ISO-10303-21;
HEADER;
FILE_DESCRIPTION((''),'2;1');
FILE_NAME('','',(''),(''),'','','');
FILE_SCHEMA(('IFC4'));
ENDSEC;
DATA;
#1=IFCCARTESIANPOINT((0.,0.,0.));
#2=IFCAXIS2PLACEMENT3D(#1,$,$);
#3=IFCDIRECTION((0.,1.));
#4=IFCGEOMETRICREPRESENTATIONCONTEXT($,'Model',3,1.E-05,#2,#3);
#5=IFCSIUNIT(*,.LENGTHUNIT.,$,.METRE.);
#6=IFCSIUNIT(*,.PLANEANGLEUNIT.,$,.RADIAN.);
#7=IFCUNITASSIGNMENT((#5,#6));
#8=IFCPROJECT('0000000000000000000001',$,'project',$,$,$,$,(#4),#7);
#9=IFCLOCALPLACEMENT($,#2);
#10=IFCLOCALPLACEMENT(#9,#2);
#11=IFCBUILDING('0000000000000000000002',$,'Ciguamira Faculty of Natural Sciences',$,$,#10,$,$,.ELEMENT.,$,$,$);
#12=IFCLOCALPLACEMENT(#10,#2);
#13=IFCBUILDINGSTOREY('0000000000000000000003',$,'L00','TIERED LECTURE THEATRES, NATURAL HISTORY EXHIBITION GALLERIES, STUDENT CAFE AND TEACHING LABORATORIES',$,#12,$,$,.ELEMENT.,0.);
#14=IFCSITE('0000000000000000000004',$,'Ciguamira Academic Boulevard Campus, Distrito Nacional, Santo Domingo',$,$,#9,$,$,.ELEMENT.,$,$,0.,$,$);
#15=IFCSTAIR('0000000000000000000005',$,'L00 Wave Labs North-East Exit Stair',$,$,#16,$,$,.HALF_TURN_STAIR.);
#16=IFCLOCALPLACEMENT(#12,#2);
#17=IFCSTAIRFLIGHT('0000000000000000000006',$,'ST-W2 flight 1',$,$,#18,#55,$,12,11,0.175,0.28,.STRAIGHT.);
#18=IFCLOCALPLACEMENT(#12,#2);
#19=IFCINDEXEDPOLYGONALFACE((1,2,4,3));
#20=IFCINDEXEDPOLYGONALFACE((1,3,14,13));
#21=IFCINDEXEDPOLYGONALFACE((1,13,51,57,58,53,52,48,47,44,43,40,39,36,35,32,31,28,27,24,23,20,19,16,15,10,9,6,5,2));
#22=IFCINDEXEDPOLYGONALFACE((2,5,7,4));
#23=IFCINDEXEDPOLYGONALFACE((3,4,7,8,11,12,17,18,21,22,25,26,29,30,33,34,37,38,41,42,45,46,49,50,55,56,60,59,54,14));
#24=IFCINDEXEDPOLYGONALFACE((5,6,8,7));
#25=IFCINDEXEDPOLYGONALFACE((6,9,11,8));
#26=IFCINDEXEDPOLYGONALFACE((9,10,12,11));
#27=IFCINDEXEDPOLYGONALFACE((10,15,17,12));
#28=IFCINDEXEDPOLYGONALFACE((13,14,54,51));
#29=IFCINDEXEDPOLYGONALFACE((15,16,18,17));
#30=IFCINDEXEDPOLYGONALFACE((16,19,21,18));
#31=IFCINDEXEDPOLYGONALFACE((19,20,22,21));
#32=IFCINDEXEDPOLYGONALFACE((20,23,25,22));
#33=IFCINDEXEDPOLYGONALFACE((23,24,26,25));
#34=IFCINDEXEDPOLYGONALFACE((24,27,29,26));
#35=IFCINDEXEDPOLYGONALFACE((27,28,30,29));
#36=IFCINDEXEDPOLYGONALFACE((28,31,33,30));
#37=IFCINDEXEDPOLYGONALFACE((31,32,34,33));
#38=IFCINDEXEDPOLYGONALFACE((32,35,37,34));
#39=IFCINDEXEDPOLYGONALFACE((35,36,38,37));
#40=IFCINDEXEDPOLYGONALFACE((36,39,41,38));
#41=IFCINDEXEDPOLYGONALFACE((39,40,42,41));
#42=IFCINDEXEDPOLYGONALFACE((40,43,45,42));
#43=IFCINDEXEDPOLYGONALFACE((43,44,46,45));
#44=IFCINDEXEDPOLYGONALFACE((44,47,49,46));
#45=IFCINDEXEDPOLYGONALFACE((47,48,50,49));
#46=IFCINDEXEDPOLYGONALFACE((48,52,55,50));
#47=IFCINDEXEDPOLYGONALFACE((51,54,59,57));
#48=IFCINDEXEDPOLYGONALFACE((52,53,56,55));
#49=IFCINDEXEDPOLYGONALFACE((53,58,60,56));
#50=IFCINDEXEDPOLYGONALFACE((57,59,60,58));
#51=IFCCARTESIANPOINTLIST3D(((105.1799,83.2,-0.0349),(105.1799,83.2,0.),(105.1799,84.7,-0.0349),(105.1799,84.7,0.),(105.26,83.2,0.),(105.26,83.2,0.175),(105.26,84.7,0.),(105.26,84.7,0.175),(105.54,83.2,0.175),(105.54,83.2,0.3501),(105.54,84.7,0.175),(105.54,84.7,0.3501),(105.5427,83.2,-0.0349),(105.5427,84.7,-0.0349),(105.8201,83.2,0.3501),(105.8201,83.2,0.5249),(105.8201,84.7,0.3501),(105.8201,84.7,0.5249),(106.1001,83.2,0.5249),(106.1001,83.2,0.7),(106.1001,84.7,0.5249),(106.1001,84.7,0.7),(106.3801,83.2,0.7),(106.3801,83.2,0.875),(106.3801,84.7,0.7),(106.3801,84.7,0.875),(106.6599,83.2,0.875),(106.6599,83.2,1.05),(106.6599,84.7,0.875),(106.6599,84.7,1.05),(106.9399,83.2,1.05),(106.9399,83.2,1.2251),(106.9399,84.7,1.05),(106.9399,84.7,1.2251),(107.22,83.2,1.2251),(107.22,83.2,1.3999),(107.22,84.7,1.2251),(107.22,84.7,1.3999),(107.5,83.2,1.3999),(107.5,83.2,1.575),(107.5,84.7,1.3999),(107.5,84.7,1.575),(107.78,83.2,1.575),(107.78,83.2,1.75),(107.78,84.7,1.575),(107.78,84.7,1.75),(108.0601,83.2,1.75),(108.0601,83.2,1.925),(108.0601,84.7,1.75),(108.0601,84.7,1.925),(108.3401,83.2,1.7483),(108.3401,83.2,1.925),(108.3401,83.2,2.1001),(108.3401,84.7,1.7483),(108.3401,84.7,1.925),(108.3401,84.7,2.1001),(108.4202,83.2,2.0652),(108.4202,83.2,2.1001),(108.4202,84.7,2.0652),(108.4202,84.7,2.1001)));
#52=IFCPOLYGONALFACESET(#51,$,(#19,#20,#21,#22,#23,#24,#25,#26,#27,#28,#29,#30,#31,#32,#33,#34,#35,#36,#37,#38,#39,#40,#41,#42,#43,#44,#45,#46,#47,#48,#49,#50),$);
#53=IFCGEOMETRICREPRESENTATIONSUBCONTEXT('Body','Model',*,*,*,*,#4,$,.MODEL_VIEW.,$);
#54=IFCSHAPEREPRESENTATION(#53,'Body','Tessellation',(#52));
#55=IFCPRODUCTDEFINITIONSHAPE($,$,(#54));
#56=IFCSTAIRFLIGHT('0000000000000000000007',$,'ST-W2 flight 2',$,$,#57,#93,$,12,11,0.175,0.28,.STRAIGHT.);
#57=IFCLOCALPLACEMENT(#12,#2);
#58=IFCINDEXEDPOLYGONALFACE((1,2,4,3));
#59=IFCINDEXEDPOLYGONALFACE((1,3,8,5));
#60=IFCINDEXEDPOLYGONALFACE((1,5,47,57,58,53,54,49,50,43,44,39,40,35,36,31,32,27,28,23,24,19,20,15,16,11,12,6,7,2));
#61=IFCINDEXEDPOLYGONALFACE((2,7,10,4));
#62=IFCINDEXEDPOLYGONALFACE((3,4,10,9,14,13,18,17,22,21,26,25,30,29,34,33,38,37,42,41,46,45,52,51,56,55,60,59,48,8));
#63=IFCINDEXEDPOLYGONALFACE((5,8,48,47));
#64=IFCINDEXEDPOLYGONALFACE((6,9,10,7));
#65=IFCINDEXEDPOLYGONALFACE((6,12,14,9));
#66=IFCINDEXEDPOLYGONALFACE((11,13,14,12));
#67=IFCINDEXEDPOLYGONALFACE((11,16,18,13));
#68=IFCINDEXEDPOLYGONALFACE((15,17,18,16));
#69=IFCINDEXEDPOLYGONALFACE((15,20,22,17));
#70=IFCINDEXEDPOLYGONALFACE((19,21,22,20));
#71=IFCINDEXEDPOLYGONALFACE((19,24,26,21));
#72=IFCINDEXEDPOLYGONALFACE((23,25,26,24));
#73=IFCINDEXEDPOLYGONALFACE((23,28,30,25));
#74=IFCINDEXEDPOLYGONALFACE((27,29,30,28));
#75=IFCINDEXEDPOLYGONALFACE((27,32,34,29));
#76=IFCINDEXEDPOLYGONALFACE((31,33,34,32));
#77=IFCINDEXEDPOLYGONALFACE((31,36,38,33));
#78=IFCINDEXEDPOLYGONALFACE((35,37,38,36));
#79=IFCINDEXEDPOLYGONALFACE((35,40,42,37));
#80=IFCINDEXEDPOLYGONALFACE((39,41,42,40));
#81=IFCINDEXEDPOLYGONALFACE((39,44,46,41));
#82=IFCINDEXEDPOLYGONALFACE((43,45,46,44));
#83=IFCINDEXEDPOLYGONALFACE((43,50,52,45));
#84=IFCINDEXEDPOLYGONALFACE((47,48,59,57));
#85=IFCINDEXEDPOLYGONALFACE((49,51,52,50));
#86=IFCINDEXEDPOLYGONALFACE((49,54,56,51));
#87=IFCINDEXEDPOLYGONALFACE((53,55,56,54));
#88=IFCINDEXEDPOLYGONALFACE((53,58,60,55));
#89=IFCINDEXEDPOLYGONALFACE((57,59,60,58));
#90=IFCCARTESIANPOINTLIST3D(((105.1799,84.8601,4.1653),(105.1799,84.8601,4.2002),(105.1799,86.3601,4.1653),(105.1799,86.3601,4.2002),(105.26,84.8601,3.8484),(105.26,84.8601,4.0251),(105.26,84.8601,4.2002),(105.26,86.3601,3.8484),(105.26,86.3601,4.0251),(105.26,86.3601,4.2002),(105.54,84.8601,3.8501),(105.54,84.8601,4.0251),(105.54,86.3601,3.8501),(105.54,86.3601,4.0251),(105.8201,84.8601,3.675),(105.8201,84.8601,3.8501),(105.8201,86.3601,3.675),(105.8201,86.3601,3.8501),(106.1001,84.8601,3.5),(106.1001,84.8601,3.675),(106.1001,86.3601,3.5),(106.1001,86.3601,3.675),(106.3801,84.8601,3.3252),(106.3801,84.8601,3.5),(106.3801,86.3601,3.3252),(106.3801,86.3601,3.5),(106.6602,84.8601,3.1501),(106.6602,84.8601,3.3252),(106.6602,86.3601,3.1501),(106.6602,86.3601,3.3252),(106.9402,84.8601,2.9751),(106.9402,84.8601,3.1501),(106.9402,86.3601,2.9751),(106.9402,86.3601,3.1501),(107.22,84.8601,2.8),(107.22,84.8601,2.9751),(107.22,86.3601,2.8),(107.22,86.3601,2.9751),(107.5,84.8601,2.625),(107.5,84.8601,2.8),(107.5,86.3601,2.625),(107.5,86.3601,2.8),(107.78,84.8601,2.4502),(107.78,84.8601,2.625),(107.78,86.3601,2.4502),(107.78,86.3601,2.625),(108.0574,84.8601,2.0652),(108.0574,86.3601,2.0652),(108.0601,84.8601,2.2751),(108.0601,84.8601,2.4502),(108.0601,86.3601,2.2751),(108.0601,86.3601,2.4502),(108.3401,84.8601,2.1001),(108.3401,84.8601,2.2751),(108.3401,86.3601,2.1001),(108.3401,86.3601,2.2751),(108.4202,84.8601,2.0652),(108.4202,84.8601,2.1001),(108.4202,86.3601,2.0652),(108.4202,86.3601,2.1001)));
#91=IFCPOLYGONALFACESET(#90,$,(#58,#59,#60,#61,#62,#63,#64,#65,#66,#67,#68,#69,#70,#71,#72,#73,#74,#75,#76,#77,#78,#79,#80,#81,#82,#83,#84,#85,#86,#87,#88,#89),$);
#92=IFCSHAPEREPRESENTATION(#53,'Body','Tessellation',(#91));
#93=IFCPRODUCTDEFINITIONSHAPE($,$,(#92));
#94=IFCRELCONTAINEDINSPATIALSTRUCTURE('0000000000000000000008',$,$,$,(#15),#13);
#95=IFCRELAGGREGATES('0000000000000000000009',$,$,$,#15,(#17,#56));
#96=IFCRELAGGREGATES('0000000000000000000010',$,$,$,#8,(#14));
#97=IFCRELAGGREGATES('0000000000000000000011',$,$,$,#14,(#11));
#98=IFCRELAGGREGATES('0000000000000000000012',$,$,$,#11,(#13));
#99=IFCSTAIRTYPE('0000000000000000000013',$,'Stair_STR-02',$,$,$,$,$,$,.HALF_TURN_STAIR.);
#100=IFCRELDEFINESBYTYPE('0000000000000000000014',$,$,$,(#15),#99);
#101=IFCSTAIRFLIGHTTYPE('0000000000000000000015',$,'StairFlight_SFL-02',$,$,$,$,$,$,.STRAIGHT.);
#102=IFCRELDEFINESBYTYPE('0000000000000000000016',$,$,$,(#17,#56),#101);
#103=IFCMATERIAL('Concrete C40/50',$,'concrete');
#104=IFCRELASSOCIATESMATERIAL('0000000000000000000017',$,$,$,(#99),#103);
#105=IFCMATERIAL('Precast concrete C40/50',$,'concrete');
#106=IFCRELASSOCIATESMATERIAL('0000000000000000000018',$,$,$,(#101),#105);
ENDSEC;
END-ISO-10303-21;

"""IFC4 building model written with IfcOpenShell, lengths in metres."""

from ifc_helpers import new_model, si_unit, direction, frame, origin, place, context, subcontext, project, spatial, polyline, outline, extrude, material, type_object, element, aggregate, save


model = new_model("IFC4")

# Units and contexts
model_context = context("Model", 3, precision=1e-05, world=origin(), true_north=direction((0.0, 1.0)))
body_context = subcontext(model_context, "Body", "Model", "MODEL_VIEW")
ifc_project = project(units=[si_unit("LENGTHUNIT", "METRE"), si_unit("PLANEANGLEUNIT", "RADIAN")], contexts=[model_context])

# Site, building, storey
site_placement = place(None, origin())
site = spatial("IfcSite", under=ifc_project, at=site_placement, Name="Ciguamira Academic Boulevard Campus, Distrito Nacional, Santo Domingo", CompositionType="ELEMENT", RefElevation=0.0)
building_placement = place(site_placement, origin())
building = spatial("IfcBuilding", under=site, at=building_placement, Name="Ciguamira Faculty of Natural Sciences", CompositionType="ELEMENT")
storey_placement = place(building_placement, origin())
storey = spatial("IfcBuildingStorey", under=building, at=storey_placement, Name="L00", Description="TIERED LECTURE THEATRES, NATURAL HISTORY EXHIBITION GALLERIES, STUDENT CAFE AND TEACHING LABORATORIES", CompositionType="ELEMENT", Elevation=0.0)

# Shared definitions
ifc_material_1 = material(Name="Concrete C40/50", Category="concrete")

# Stair, stair flights
stair_type = type_object("IfcStairType", Name="Stair_STR-02", PredefinedType="HALF_TURN_STAIR", material=ifc_material_1)
stair_placement = place(storey_placement, origin())
stair = element("IfcStair", 1, at=stair_placement, inside=storey, type_object=stair_type, Name="L00 Wave Labs North-East Exit Stair", PredefinedType="HALF_TURN_STAIR")
ifc_material_2 = material(Name="Precast concrete C40/50", Category="concrete")
stair_flight_type = type_object("IfcStairFlightType", Name="StairFlight_SFL-02", PredefinedType="STRAIGHT", material=ifc_material_2)
stair_flight_1_placement = place(storey_placement, frame((105.26, 83.95, 0.0), z_axis=(0.0, 0.0, 1.0), x_axis=(1.0, 0.0, 0.0)))
stair_flight_1 = element("IfcStairFlight", 2, at=stair_flight_1_placement, type_object=stair_flight_type, Name="ST-W2 flight 1", NumberOfRisers=12, NumberOfTreads=11, PredefinedType="STRAIGHT", RiserHeight=0.175, TreadLength=0.28, context=body_context, shape_type="SweptSolid", body=[
    extrude(outline(polyline([(-0.0801, -0.0349), (-0.0801, 0.0), (0.0, 0.0), (0.0, 0.175), (0.28, 0.175), (0.28, 0.3501), (0.5601, 0.3501), (0.5601, 0.5249), (0.8401, 0.5249), (0.8401, 0.7), (1.1201, 0.7), (1.1201, 0.875), (1.3999, 0.875), (1.3999, 1.05), (1.6799, 1.05), (1.6799, 1.2251), (1.96, 1.2251), (1.96, 1.3999), (2.24, 1.3999), (2.24, 1.575), (2.52, 1.575), (2.52, 1.75), (2.8, 1.75), (2.8, 1.925), (3.0801, 1.925), (3.0801, 2.1001), (3.1602, 2.1001), (3.1602, 2.0652), (3.0801, 1.7483), (0.2827, -0.0349), (-0.0801, -0.0349)])), frame((0.0, 0.75, 0.0), z_axis=(0.0, -1.0, 0.0), x_axis=(1.0, 0.0, 0.0)), (0.0, 0.0, 1.0), 1.5),
])
stair_flight_2_placement = place(storey_placement, frame((108.3401, 85.6101, 2.1001), z_axis=(0.0, 0.0, 1.0), x_axis=(-1.0, 0.0, 0.0)))
stair_flight_2 = element("IfcStairFlight", 3, at=stair_flight_2_placement, type_object=stair_flight_type, Name="ST-W2 flight 2", NumberOfRisers=12, NumberOfTreads=11, PredefinedType="STRAIGHT", RiserHeight=0.175, TreadLength=0.28, context=body_context, shape_type="SweptSolid", body=[
    extrude(outline(polyline([(-0.0801, -0.0349), (-0.0801, 0.0), (0.0, 0.0), (0.0, 0.175), (0.28, 0.175), (0.28, 0.3501), (0.5601, 0.3501), (0.5601, 0.5249), (0.8401, 0.5249), (0.8401, 0.7), (1.1201, 0.7), (1.1201, 0.875), (1.3999, 0.875), (1.3999, 1.05), (1.6799, 1.05), (1.6799, 1.2251), (1.96, 1.2251), (1.96, 1.3999), (2.24, 1.3999), (2.24, 1.575), (2.52, 1.575), (2.52, 1.75), (2.8, 1.75), (2.8, 1.925), (3.0801, 1.925), (3.0801, 2.1001), (3.1602, 2.1001), (3.1602, 2.0652), (3.0801, 1.7483), (0.2827, -0.0349), (-0.0801, -0.0349)])), frame((0.0, 0.75, 0.0), z_axis=(0.0, -1.0, 0.0), x_axis=(1.0, 0.0, 0.0)), (0.0, 0.0, 1.0), 1.5),
])
aggregate(stair, [stair_flight_1, stair_flight_2])

save(model, "model.ifc")
